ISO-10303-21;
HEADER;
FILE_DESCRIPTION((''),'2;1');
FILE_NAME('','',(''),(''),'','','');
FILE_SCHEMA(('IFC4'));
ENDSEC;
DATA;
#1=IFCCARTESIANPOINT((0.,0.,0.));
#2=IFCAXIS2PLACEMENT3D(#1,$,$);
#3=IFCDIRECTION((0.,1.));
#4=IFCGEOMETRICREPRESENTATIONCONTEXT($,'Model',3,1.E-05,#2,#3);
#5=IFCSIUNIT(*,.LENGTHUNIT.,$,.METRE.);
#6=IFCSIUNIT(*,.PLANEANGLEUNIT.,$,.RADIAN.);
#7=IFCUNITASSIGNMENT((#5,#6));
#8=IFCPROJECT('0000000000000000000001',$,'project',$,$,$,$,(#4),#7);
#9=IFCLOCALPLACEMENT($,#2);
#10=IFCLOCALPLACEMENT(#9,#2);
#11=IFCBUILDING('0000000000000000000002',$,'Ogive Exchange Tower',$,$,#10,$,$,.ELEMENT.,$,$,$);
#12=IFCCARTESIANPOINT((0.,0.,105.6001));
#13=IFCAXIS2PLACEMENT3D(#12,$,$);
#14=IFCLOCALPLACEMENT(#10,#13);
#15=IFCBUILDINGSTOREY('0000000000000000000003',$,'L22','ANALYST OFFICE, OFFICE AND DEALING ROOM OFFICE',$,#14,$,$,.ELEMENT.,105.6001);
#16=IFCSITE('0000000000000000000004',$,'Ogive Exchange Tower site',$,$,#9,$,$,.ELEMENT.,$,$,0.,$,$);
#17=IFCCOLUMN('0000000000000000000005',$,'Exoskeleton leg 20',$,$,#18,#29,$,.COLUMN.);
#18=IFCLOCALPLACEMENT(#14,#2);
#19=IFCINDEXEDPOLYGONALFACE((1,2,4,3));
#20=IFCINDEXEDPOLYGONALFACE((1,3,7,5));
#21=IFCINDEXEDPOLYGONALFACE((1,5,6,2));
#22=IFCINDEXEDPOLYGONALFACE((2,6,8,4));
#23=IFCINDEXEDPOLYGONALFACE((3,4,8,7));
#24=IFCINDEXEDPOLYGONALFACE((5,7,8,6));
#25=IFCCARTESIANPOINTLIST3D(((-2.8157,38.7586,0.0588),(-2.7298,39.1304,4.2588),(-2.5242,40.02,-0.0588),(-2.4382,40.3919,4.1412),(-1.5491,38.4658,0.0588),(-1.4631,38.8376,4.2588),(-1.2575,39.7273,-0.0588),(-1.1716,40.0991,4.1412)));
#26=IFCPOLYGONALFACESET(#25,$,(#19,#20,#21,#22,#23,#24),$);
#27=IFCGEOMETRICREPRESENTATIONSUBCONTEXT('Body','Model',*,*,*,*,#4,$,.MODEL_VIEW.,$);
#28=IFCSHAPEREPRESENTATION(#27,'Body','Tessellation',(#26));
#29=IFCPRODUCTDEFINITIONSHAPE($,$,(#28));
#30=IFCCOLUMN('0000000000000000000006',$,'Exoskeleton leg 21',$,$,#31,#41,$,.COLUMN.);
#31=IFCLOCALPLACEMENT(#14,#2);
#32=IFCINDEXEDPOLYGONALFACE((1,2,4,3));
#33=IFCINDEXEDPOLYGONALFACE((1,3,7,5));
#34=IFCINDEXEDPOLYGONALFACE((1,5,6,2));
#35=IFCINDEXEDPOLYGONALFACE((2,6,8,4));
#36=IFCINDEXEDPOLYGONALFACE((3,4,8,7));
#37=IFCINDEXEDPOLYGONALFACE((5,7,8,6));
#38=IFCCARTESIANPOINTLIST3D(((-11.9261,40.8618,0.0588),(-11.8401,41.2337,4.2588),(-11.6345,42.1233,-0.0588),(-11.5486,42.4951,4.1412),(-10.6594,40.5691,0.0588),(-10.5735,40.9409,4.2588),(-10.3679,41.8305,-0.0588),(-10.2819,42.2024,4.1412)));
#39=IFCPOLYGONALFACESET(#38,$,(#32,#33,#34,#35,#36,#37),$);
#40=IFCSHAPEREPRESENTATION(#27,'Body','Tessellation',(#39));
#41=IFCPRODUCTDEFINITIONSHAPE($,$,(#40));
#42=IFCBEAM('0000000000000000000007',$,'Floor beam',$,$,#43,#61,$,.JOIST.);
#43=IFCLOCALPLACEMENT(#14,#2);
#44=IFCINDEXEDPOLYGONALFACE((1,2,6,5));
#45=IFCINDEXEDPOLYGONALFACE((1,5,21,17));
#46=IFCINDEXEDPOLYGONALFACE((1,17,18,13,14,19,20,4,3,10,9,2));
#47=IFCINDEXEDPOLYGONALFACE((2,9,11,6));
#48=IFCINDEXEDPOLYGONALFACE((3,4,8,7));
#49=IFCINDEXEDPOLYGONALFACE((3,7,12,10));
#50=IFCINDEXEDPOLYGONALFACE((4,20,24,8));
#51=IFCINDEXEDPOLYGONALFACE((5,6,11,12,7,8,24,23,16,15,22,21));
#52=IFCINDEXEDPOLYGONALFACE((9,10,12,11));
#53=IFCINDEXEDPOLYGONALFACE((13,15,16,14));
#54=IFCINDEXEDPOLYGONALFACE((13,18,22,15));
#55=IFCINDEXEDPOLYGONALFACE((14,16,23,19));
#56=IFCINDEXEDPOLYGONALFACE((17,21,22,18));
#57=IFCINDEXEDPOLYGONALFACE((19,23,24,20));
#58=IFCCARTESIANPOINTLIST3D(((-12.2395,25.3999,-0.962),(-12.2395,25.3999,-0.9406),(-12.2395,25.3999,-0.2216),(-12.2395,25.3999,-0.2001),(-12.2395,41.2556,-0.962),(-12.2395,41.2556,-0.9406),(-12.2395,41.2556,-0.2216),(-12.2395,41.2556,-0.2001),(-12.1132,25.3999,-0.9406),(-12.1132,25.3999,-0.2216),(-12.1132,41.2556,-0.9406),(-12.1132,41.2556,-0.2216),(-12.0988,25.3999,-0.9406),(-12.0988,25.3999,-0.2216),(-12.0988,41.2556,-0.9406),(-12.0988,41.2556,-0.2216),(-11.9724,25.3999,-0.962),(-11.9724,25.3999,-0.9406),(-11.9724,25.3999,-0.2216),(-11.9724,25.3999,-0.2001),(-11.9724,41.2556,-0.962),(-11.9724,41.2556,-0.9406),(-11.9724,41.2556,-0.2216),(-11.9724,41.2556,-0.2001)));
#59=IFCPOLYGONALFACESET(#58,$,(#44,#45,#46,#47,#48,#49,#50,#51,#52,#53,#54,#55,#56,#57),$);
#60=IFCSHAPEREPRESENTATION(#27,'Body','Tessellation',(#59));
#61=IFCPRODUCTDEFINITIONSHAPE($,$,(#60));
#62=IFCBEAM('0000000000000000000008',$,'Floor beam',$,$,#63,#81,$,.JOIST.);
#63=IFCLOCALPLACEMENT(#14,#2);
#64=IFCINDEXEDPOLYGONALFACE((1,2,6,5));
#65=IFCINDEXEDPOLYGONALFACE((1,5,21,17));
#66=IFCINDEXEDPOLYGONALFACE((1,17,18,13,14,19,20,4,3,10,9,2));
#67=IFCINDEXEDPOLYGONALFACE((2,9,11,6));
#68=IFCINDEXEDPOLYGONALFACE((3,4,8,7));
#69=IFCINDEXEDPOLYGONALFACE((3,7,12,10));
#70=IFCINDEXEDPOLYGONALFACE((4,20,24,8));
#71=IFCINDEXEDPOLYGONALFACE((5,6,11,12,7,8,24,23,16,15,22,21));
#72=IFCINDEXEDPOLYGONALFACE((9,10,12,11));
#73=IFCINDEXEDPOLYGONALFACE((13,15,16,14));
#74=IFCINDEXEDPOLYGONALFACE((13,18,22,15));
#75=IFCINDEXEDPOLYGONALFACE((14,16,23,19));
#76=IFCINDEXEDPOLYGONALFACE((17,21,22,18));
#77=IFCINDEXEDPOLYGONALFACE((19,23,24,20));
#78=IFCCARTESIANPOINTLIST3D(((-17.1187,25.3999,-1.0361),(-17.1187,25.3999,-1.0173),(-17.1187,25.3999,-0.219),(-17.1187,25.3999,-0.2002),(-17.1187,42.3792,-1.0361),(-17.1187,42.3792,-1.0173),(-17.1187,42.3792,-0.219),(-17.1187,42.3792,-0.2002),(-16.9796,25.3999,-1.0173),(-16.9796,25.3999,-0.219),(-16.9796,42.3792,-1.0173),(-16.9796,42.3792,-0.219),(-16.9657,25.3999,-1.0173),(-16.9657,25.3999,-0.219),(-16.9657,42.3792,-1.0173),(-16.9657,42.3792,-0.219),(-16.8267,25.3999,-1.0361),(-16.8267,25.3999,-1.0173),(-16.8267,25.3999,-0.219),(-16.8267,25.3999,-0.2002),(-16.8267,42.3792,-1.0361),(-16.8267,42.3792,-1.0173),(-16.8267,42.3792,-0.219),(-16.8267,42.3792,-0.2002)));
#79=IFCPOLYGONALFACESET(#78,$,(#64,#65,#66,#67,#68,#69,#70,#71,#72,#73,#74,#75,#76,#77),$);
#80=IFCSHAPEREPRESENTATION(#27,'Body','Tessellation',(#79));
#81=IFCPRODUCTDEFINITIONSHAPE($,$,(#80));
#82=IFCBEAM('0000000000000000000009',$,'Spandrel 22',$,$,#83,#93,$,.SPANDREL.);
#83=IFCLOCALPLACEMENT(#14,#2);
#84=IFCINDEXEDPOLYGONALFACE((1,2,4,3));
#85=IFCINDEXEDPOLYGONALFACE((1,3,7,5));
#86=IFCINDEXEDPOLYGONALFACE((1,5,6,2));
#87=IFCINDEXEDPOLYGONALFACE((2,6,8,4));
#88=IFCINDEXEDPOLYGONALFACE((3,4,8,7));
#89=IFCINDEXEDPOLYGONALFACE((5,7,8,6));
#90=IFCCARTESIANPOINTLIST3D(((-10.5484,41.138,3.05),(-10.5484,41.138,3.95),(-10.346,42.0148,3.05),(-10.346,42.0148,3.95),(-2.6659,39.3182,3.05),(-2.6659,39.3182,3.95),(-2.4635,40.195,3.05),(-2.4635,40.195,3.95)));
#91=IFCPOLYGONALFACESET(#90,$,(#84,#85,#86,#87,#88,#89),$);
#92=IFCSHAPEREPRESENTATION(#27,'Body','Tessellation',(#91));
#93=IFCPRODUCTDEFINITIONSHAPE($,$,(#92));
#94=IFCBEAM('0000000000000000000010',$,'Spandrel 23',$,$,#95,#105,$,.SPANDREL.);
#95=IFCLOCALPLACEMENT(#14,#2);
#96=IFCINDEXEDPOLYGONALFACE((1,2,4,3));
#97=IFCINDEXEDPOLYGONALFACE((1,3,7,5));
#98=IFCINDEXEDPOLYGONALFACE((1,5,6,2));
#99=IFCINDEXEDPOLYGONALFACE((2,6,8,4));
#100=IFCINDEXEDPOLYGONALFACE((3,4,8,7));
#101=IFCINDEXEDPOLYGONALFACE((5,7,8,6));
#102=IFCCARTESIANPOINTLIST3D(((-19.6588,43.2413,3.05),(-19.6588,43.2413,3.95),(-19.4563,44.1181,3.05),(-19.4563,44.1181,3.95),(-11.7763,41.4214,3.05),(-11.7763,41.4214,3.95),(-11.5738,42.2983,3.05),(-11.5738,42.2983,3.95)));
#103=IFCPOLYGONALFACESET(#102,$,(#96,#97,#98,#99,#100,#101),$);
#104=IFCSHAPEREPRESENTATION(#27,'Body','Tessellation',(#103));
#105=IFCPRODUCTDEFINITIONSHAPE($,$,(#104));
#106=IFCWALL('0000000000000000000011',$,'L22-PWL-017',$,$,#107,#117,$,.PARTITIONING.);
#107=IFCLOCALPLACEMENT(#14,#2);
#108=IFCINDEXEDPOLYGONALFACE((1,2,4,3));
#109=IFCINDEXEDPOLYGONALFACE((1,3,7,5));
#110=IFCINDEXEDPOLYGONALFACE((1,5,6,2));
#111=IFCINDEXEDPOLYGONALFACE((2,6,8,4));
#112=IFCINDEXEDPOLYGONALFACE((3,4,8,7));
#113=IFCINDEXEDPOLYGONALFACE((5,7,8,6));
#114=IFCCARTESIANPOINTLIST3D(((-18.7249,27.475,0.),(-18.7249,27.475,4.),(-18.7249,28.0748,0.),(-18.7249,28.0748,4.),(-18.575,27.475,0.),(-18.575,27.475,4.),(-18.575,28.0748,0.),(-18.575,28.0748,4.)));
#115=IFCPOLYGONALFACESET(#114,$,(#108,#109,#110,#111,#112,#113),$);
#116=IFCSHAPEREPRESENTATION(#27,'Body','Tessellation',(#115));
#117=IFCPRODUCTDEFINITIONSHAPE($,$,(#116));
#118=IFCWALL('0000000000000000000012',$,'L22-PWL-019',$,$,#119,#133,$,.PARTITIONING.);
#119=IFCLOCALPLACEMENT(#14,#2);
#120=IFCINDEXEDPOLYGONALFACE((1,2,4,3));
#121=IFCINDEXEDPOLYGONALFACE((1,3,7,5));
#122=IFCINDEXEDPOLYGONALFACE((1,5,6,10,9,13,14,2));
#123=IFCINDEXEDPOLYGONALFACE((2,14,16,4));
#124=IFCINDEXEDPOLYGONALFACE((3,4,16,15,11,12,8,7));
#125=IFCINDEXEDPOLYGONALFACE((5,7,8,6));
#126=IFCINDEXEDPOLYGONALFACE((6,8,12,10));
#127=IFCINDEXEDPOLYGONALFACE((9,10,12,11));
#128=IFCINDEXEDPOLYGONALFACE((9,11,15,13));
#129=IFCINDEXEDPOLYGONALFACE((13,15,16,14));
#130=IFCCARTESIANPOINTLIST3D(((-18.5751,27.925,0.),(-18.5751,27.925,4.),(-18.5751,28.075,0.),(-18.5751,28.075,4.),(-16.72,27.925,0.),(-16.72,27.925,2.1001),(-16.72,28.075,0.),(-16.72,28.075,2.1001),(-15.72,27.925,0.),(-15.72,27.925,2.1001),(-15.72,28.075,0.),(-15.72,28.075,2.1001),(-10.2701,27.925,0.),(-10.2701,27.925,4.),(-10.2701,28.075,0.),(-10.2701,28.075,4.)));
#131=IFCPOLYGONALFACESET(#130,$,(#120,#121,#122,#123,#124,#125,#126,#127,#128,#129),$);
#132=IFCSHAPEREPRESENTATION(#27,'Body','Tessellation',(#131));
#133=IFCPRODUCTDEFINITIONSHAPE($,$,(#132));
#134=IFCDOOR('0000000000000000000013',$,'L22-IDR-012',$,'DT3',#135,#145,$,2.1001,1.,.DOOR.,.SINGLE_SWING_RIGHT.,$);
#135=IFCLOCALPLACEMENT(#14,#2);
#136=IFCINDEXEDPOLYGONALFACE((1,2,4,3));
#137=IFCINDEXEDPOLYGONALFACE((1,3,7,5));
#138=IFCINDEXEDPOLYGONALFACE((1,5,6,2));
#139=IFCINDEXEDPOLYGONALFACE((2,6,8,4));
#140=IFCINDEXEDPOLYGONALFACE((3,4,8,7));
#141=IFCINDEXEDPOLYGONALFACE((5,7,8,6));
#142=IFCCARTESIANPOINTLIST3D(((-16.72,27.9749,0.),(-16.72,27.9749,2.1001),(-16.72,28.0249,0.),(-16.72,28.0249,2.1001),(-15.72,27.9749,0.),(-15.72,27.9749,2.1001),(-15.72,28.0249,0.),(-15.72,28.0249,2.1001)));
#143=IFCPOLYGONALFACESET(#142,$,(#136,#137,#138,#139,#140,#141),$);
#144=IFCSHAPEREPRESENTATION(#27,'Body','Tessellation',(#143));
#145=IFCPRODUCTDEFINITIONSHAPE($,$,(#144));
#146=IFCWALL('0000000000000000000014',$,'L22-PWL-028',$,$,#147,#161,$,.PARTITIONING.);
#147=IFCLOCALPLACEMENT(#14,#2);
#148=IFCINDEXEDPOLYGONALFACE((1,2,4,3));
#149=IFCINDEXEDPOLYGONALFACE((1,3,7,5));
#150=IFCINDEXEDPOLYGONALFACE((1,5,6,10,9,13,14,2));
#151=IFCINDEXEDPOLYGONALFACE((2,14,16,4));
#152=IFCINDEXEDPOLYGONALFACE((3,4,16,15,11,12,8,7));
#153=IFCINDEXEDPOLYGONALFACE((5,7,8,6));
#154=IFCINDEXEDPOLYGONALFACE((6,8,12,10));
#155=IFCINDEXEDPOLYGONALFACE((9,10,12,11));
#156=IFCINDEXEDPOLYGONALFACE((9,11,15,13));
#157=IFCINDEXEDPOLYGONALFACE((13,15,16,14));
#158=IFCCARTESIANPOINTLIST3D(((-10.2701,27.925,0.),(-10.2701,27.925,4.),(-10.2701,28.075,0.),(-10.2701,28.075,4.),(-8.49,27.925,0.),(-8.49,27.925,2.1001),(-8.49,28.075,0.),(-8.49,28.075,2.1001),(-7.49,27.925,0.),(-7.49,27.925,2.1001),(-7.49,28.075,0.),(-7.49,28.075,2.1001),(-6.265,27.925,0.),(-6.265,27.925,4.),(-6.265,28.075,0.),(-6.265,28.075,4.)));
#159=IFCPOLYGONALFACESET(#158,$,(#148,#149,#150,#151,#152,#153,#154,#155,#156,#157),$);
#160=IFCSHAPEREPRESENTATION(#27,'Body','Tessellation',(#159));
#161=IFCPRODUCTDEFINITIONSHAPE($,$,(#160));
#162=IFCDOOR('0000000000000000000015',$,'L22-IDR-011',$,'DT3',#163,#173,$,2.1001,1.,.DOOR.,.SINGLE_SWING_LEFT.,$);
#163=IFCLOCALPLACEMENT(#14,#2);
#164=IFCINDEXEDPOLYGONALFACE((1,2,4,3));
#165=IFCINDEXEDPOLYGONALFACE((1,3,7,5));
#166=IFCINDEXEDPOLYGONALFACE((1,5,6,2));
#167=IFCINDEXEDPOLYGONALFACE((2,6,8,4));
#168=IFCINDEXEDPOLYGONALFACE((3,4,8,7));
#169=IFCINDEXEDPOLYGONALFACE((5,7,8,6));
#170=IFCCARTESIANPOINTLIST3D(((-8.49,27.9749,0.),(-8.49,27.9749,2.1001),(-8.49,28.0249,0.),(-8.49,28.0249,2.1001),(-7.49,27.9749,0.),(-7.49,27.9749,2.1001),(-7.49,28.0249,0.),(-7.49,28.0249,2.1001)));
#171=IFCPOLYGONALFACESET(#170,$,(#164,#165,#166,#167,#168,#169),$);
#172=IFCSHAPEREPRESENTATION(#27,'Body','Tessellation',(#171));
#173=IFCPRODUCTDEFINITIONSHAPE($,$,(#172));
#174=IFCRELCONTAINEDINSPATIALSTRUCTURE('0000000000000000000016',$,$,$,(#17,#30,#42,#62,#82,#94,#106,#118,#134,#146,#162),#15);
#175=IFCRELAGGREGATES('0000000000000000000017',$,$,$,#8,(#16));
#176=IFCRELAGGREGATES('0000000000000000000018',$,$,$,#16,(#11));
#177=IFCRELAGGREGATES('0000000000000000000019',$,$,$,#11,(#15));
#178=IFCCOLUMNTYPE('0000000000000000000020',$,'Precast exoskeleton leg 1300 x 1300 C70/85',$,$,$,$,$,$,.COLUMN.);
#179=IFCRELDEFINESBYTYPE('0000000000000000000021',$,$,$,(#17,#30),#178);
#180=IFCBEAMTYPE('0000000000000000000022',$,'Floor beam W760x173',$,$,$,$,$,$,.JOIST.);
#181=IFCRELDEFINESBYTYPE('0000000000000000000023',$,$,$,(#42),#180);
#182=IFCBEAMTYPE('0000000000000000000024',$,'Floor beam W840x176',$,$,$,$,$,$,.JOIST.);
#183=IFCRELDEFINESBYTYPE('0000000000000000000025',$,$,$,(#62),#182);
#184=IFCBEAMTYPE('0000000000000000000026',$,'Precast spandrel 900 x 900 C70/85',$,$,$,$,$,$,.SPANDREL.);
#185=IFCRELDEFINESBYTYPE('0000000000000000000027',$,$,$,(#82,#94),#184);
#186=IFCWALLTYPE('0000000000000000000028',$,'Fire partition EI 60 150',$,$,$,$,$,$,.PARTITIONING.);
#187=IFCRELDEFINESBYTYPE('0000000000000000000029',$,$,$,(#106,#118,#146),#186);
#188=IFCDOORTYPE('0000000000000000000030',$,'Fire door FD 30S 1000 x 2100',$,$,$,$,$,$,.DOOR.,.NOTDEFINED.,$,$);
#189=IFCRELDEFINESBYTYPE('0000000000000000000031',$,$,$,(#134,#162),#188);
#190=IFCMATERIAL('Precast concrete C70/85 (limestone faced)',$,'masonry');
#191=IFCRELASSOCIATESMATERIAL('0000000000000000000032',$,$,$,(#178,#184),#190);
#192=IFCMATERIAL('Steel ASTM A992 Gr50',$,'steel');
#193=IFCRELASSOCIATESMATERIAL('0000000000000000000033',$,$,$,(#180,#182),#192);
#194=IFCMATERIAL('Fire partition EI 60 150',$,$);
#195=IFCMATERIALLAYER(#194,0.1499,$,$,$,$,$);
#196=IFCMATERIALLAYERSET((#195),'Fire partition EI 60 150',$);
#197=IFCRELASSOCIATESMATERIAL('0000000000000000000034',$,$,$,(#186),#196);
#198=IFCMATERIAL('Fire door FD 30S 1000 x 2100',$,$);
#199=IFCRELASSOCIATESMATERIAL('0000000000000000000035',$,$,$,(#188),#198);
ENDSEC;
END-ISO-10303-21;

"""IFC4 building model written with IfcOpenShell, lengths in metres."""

from ifc_helpers import new_model, si_unit, direction, frame, frame_2d, origin, origin_2d, place, context, subcontext, project, spatial, rectangle, i_section, extrude, material, layer, layer_set, material_profile, profile_set, type_object, element, fill, save


model = new_model("IFC4")

# Units and contexts
model_context = context("Model", 3, precision=1e-05, world=origin(), true_north=direction((0.0, 1.0)))
body_context = subcontext(model_context, "Body", "Model", "MODEL_VIEW")
ifc_project = project(units=[si_unit("LENGTHUNIT", "METRE"), si_unit("PLANEANGLEUNIT", "RADIAN")], contexts=[model_context])

# Site, building, storey
site_placement = place(None, origin())
site = spatial("IfcSite", under=ifc_project, at=site_placement, Name="Ogive Exchange Tower site", CompositionType="ELEMENT", RefElevation=0.0)
building_placement = place(site_placement, origin())
building = spatial("IfcBuilding", under=site, at=building_placement, Name="Ogive Exchange Tower", CompositionType="ELEMENT")
storey_placement = place(building_placement, frame((0.0, 0.0, 105.6001)))
storey = spatial("IfcBuildingStorey", under=building, at=storey_placement, Name="L22", Description="ANALYST OFFICE, OFFICE AND DEALING ROOM OFFICE", CompositionType="ELEMENT", Elevation=105.6001)

# Columns
ifc_material_1 = material(Name="Precast concrete C70/85 (limestone faced)", Category="masonry")
ifc_material_profile_1 = material_profile(ifc_material_1, rectangle(XDim=1.3, YDim=1.3, at=origin_2d()), Name="1300 x 1300")
ifc_profile_set_1 = profile_set([ifc_material_profile_1], Name="Precast concrete C70/85 (limestone faced)")
column_type = type_object("IfcColumnType", Name="Precast exoskeleton leg 1300 x 1300 C70/85", PredefinedType="COLUMN", material=ifc_profile_set_1)
for number, where, z_axis, x_axis, name in (
    (1, (-2.0366, 39.2429, 0.0), (0.020378, 0.088168, 0.995897), (-0.974316, 0.225187, 0.0), "Exoskeleton leg 20"),
    (2, (-11.147, 41.3462, 0.0), (0.020378, 0.088168, 0.995897), (-0.974316, 0.225187, 0.0), "Exoskeleton leg 21"),
):
    element("IfcColumn", number, at=place(storey_placement, frame(where, z_axis=z_axis, x_axis=x_axis)), inside=storey, type_object=column_type, Name=name, PredefinedType="COLUMN", context=body_context, shape_type="SweptSolid", body=[
        extrude(rectangle(XDim=1.3, YDim=1.3, at=origin_2d()), origin(), (0.0, 0.0, 1.0), 4.2173),
    ])

# Beams
ifc_material_2 = material(Name="Steel ASTM A992 Gr50", Category="steel")
ifc_material_profile_2 = material_profile(ifc_material_2, i_section(OverallWidth=0.2671, OverallDepth=0.762, WebThickness=0.0144, FlangeThickness=0.0215, at=origin_2d()), Name="W760x173")
ifc_profile_set_2 = profile_set([ifc_material_profile_2], Name="Steel ASTM A992 Gr50")
beam_type_1 = type_object("IfcBeamType", Name="Floor beam W760x173", PredefinedType="JOIST", material=ifc_profile_set_2)
beam_1_placement = place(storey_placement, frame((-12.106, 25.3999, -0.5811), z_axis=(0.0, 1.0, 0.0), x_axis=(-1.0, 0.0, 0.0)))
element("IfcBeam", 3, at=beam_1_placement, inside=storey, type_object=beam_type_1, Name="Floor beam", PredefinedType="JOIST", context=body_context, shape_type="SweptSolid", body=[
    extrude(i_section(OverallWidth=0.2671, OverallDepth=0.762, WebThickness=0.0144, FlangeThickness=0.0215, at=origin_2d()), origin(), (0.0, 0.0, 1.0), 15.8557),
])
ifc_material_profile_3 = material_profile(ifc_material_2, i_section(OverallWidth=0.292, OverallDepth=0.8359, WebThickness=0.0139, FlangeThickness=0.0188, at=origin_2d()), Name="W840x176")
ifc_profile_set_3 = profile_set([ifc_material_profile_3], Name="Steel ASTM A992 Gr50")
beam_type_2 = type_object("IfcBeamType", Name="Floor beam W840x176", PredefinedType="JOIST", material=ifc_profile_set_3)
beam_2_placement = place(storey_placement, frame((-16.9727, 25.3999, -0.6182), z_axis=(0.0, 1.0, 0.0), x_axis=(-1.0, 0.0, 0.0)))
element("IfcBeam", 4, at=beam_2_placement, inside=storey, type_object=beam_type_2, Name="Floor beam", PredefinedType="JOIST", context=body_context, shape_type="SweptSolid", body=[
    extrude(i_section(OverallWidth=0.292, OverallDepth=0.8359, WebThickness=0.0139, FlangeThickness=0.0188, at=origin_2d()), origin(), (0.0, 0.0, 1.0), 16.9792),
])
ifc_material_profile_4 = material_profile(ifc_material_1, rectangle(XDim=0.8999, YDim=0.8999, at=origin_2d()), Name="900 x 900")
ifc_profile_set_4 = profile_set([ifc_material_profile_4], Name="Precast concrete C70/85 (limestone faced)")
beam_type_3 = type_object("IfcBeamType", Name="Precast spandrel 900 x 900 C70/85", PredefinedType="SPANDREL", material=ifc_profile_set_4)
for number, where, z_axis, x_axis, name in (
    (5, (-2.5647, 39.7566, 3.5), (-0.97437, 0.22495, 0.0), (-0.22495, -0.97437, 0.0), "Spandrel 22"),
    (6, (-11.675, 41.8599, 3.5), (-0.97437, 0.22495, 0.0), (-0.22495, -0.97437, 0.0), "Spandrel 23"),
):
    element("IfcBeam", number, at=place(storey_placement, frame(where, z_axis=z_axis, x_axis=x_axis)), inside=storey, type_object=beam_type_3, Name=name, PredefinedType="SPANDREL", context=body_context, shape_type="SweptSolid", body=[
        extrude(rectangle(XDim=0.8999, YDim=0.8999, at=origin_2d()), origin(), (0.0, 0.0, 1.0), 8.0898),
    ])

# Wall
ifc_material_3 = material(Name="Fire partition EI 60 150")
ifc_layer_1 = layer(ifc_material_3, 0.1499)
ifc_layer_set_1 = layer_set([ifc_layer_1], Name="Fire partition EI 60 150")
wall_type_1 = type_object("IfcWallType", Name="Fire partition EI 60 150", PredefinedType="PARTITIONING", material=ifc_layer_set_1)
wall_1_placement = place(storey_placement, frame((-18.6499, 27.4751, 0.0), z_axis=(0.0, 0.0, 1.0), x_axis=(0.0, 1.0, 0.0)))
element("IfcWall", 7, at=wall_1_placement, inside=storey, type_object=wall_type_1, Name="L22-PWL-017", PredefinedType="PARTITIONING", context=body_context, shape_type="SweptSolid", body=[
    extrude(rectangle(XDim=0.5999, YDim=0.1499, at=frame_2d((0.2998, 0.0))), origin(), (0.0, 0.0, 1.0), 4.0),
])

# Walls, openings, doors
wall_2_placement = place(storey_placement, frame((-18.575, 28.0, 0.0), z_axis=(0.0, 0.0, 1.0), x_axis=(1.0, 0.0, 0.0)))
wall_2 = element("IfcWall", 8, at=wall_2_placement, inside=storey, type_object=wall_type_1, Name="L22-PWL-019", PredefinedType="PARTITIONING", context=body_context, shape_type="SweptSolid", body=[
    extrude(rectangle(XDim=8.3049, YDim=0.1499, at=frame_2d((4.1523, 0.0))), origin(), (0.0, 0.0, 1.0), 4.0),
])
opening_1_placement = place(wall_2_placement, frame((1.855, 0.0, 0.0)))
opening_1 = element("IfcOpeningElement", 9, at=opening_1_placement, cuts=wall_2, PredefinedType="OPENING", context=body_context, shape_type="SweptSolid", body=[
    extrude(rectangle(XDim=1.0, YDim=2.1001, at=frame_2d((0.5, 1.05))), frame((0.0, 0.085, 0.0), z_axis=(0.0, -1.0, 0.0), x_axis=(1.0, 0.0, 0.0)), (0.0, 0.0, 1.0), 0.1699),
])
ifc_material_4 = material(Name="Fire door FD 30S 1000 x 2100")
door_type_1 = type_object("IfcDoorType", Name="Fire door FD 30S 1000 x 2100", OperationType="NOTDEFINED", PredefinedType="DOOR", material=ifc_material_4)
door_1_placement = place(opening_1_placement, origin())
door_1 = element("IfcDoor", 10, at=door_1_placement, inside=storey, type_object=door_type_1, Name="L22-IDR-012", ObjectType="DT3", OperationType="SINGLE_SWING_RIGHT", OverallHeight=2.1001, OverallWidth=1.0, PredefinedType="DOOR", context=body_context, shape_type="SweptSolid", body=[
    extrude(rectangle(XDim=1.0, YDim=2.1001, at=frame_2d((0.5, 1.05))), frame((0.0, 0.0249, 0.0), z_axis=(0.0, -1.0, 0.0), x_axis=(1.0, 0.0, 0.0)), (0.0, 0.0, 1.0), 0.05),
])
fill(opening_1, door_1)
wall_3_placement = place(storey_placement, frame((-10.27, 28.0, 0.0), z_axis=(0.0, 0.0, 1.0), x_axis=(1.0, 0.0, 0.0)))
wall_3 = element("IfcWall", 11, at=wall_3_placement, inside=storey, type_object=wall_type_1, Name="L22-PWL-028", PredefinedType="PARTITIONING", context=body_context, shape_type="SweptSolid", body=[
    extrude(rectangle(XDim=4.0051, YDim=0.1499, at=frame_2d((2.0024, 0.0))), origin(), (0.0, 0.0, 1.0), 4.0),
])
opening_2_placement = place(wall_3_placement, frame((1.78, 0.0, 0.0)))
opening_2 = element("IfcOpeningElement", 12, at=opening_2_placement, cuts=wall_3, PredefinedType="OPENING", context=body_context, shape_type="SweptSolid", body=[
    extrude(rectangle(XDim=1.0, YDim=2.1001, at=frame_2d((0.5, 1.05))), frame((0.0, 0.085, 0.0), z_axis=(0.0, -1.0, 0.0), x_axis=(1.0, 0.0, 0.0)), (0.0, 0.0, 1.0), 0.1699),
])
door_2_placement = place(opening_2_placement, origin())
door_2 = element("IfcDoor", 13, at=door_2_placement, inside=storey, type_object=door_type_1, Name="L22-IDR-011", ObjectType="DT3", OperationType="SINGLE_SWING_LEFT", OverallHeight=2.1001, OverallWidth=1.0, PredefinedType="DOOR", context=body_context, shape_type="SweptSolid", body=[
    extrude(rectangle(XDim=1.0, YDim=2.1001, at=frame_2d((0.5, 1.05))), frame((0.0, 0.0249, 0.0), z_axis=(0.0, -1.0, 0.0), x_axis=(1.0, 0.0, 0.0)), (0.0, 0.0, 1.0), 0.05),
])
fill(opening_2, door_2)

save(model, "model.ifc")
